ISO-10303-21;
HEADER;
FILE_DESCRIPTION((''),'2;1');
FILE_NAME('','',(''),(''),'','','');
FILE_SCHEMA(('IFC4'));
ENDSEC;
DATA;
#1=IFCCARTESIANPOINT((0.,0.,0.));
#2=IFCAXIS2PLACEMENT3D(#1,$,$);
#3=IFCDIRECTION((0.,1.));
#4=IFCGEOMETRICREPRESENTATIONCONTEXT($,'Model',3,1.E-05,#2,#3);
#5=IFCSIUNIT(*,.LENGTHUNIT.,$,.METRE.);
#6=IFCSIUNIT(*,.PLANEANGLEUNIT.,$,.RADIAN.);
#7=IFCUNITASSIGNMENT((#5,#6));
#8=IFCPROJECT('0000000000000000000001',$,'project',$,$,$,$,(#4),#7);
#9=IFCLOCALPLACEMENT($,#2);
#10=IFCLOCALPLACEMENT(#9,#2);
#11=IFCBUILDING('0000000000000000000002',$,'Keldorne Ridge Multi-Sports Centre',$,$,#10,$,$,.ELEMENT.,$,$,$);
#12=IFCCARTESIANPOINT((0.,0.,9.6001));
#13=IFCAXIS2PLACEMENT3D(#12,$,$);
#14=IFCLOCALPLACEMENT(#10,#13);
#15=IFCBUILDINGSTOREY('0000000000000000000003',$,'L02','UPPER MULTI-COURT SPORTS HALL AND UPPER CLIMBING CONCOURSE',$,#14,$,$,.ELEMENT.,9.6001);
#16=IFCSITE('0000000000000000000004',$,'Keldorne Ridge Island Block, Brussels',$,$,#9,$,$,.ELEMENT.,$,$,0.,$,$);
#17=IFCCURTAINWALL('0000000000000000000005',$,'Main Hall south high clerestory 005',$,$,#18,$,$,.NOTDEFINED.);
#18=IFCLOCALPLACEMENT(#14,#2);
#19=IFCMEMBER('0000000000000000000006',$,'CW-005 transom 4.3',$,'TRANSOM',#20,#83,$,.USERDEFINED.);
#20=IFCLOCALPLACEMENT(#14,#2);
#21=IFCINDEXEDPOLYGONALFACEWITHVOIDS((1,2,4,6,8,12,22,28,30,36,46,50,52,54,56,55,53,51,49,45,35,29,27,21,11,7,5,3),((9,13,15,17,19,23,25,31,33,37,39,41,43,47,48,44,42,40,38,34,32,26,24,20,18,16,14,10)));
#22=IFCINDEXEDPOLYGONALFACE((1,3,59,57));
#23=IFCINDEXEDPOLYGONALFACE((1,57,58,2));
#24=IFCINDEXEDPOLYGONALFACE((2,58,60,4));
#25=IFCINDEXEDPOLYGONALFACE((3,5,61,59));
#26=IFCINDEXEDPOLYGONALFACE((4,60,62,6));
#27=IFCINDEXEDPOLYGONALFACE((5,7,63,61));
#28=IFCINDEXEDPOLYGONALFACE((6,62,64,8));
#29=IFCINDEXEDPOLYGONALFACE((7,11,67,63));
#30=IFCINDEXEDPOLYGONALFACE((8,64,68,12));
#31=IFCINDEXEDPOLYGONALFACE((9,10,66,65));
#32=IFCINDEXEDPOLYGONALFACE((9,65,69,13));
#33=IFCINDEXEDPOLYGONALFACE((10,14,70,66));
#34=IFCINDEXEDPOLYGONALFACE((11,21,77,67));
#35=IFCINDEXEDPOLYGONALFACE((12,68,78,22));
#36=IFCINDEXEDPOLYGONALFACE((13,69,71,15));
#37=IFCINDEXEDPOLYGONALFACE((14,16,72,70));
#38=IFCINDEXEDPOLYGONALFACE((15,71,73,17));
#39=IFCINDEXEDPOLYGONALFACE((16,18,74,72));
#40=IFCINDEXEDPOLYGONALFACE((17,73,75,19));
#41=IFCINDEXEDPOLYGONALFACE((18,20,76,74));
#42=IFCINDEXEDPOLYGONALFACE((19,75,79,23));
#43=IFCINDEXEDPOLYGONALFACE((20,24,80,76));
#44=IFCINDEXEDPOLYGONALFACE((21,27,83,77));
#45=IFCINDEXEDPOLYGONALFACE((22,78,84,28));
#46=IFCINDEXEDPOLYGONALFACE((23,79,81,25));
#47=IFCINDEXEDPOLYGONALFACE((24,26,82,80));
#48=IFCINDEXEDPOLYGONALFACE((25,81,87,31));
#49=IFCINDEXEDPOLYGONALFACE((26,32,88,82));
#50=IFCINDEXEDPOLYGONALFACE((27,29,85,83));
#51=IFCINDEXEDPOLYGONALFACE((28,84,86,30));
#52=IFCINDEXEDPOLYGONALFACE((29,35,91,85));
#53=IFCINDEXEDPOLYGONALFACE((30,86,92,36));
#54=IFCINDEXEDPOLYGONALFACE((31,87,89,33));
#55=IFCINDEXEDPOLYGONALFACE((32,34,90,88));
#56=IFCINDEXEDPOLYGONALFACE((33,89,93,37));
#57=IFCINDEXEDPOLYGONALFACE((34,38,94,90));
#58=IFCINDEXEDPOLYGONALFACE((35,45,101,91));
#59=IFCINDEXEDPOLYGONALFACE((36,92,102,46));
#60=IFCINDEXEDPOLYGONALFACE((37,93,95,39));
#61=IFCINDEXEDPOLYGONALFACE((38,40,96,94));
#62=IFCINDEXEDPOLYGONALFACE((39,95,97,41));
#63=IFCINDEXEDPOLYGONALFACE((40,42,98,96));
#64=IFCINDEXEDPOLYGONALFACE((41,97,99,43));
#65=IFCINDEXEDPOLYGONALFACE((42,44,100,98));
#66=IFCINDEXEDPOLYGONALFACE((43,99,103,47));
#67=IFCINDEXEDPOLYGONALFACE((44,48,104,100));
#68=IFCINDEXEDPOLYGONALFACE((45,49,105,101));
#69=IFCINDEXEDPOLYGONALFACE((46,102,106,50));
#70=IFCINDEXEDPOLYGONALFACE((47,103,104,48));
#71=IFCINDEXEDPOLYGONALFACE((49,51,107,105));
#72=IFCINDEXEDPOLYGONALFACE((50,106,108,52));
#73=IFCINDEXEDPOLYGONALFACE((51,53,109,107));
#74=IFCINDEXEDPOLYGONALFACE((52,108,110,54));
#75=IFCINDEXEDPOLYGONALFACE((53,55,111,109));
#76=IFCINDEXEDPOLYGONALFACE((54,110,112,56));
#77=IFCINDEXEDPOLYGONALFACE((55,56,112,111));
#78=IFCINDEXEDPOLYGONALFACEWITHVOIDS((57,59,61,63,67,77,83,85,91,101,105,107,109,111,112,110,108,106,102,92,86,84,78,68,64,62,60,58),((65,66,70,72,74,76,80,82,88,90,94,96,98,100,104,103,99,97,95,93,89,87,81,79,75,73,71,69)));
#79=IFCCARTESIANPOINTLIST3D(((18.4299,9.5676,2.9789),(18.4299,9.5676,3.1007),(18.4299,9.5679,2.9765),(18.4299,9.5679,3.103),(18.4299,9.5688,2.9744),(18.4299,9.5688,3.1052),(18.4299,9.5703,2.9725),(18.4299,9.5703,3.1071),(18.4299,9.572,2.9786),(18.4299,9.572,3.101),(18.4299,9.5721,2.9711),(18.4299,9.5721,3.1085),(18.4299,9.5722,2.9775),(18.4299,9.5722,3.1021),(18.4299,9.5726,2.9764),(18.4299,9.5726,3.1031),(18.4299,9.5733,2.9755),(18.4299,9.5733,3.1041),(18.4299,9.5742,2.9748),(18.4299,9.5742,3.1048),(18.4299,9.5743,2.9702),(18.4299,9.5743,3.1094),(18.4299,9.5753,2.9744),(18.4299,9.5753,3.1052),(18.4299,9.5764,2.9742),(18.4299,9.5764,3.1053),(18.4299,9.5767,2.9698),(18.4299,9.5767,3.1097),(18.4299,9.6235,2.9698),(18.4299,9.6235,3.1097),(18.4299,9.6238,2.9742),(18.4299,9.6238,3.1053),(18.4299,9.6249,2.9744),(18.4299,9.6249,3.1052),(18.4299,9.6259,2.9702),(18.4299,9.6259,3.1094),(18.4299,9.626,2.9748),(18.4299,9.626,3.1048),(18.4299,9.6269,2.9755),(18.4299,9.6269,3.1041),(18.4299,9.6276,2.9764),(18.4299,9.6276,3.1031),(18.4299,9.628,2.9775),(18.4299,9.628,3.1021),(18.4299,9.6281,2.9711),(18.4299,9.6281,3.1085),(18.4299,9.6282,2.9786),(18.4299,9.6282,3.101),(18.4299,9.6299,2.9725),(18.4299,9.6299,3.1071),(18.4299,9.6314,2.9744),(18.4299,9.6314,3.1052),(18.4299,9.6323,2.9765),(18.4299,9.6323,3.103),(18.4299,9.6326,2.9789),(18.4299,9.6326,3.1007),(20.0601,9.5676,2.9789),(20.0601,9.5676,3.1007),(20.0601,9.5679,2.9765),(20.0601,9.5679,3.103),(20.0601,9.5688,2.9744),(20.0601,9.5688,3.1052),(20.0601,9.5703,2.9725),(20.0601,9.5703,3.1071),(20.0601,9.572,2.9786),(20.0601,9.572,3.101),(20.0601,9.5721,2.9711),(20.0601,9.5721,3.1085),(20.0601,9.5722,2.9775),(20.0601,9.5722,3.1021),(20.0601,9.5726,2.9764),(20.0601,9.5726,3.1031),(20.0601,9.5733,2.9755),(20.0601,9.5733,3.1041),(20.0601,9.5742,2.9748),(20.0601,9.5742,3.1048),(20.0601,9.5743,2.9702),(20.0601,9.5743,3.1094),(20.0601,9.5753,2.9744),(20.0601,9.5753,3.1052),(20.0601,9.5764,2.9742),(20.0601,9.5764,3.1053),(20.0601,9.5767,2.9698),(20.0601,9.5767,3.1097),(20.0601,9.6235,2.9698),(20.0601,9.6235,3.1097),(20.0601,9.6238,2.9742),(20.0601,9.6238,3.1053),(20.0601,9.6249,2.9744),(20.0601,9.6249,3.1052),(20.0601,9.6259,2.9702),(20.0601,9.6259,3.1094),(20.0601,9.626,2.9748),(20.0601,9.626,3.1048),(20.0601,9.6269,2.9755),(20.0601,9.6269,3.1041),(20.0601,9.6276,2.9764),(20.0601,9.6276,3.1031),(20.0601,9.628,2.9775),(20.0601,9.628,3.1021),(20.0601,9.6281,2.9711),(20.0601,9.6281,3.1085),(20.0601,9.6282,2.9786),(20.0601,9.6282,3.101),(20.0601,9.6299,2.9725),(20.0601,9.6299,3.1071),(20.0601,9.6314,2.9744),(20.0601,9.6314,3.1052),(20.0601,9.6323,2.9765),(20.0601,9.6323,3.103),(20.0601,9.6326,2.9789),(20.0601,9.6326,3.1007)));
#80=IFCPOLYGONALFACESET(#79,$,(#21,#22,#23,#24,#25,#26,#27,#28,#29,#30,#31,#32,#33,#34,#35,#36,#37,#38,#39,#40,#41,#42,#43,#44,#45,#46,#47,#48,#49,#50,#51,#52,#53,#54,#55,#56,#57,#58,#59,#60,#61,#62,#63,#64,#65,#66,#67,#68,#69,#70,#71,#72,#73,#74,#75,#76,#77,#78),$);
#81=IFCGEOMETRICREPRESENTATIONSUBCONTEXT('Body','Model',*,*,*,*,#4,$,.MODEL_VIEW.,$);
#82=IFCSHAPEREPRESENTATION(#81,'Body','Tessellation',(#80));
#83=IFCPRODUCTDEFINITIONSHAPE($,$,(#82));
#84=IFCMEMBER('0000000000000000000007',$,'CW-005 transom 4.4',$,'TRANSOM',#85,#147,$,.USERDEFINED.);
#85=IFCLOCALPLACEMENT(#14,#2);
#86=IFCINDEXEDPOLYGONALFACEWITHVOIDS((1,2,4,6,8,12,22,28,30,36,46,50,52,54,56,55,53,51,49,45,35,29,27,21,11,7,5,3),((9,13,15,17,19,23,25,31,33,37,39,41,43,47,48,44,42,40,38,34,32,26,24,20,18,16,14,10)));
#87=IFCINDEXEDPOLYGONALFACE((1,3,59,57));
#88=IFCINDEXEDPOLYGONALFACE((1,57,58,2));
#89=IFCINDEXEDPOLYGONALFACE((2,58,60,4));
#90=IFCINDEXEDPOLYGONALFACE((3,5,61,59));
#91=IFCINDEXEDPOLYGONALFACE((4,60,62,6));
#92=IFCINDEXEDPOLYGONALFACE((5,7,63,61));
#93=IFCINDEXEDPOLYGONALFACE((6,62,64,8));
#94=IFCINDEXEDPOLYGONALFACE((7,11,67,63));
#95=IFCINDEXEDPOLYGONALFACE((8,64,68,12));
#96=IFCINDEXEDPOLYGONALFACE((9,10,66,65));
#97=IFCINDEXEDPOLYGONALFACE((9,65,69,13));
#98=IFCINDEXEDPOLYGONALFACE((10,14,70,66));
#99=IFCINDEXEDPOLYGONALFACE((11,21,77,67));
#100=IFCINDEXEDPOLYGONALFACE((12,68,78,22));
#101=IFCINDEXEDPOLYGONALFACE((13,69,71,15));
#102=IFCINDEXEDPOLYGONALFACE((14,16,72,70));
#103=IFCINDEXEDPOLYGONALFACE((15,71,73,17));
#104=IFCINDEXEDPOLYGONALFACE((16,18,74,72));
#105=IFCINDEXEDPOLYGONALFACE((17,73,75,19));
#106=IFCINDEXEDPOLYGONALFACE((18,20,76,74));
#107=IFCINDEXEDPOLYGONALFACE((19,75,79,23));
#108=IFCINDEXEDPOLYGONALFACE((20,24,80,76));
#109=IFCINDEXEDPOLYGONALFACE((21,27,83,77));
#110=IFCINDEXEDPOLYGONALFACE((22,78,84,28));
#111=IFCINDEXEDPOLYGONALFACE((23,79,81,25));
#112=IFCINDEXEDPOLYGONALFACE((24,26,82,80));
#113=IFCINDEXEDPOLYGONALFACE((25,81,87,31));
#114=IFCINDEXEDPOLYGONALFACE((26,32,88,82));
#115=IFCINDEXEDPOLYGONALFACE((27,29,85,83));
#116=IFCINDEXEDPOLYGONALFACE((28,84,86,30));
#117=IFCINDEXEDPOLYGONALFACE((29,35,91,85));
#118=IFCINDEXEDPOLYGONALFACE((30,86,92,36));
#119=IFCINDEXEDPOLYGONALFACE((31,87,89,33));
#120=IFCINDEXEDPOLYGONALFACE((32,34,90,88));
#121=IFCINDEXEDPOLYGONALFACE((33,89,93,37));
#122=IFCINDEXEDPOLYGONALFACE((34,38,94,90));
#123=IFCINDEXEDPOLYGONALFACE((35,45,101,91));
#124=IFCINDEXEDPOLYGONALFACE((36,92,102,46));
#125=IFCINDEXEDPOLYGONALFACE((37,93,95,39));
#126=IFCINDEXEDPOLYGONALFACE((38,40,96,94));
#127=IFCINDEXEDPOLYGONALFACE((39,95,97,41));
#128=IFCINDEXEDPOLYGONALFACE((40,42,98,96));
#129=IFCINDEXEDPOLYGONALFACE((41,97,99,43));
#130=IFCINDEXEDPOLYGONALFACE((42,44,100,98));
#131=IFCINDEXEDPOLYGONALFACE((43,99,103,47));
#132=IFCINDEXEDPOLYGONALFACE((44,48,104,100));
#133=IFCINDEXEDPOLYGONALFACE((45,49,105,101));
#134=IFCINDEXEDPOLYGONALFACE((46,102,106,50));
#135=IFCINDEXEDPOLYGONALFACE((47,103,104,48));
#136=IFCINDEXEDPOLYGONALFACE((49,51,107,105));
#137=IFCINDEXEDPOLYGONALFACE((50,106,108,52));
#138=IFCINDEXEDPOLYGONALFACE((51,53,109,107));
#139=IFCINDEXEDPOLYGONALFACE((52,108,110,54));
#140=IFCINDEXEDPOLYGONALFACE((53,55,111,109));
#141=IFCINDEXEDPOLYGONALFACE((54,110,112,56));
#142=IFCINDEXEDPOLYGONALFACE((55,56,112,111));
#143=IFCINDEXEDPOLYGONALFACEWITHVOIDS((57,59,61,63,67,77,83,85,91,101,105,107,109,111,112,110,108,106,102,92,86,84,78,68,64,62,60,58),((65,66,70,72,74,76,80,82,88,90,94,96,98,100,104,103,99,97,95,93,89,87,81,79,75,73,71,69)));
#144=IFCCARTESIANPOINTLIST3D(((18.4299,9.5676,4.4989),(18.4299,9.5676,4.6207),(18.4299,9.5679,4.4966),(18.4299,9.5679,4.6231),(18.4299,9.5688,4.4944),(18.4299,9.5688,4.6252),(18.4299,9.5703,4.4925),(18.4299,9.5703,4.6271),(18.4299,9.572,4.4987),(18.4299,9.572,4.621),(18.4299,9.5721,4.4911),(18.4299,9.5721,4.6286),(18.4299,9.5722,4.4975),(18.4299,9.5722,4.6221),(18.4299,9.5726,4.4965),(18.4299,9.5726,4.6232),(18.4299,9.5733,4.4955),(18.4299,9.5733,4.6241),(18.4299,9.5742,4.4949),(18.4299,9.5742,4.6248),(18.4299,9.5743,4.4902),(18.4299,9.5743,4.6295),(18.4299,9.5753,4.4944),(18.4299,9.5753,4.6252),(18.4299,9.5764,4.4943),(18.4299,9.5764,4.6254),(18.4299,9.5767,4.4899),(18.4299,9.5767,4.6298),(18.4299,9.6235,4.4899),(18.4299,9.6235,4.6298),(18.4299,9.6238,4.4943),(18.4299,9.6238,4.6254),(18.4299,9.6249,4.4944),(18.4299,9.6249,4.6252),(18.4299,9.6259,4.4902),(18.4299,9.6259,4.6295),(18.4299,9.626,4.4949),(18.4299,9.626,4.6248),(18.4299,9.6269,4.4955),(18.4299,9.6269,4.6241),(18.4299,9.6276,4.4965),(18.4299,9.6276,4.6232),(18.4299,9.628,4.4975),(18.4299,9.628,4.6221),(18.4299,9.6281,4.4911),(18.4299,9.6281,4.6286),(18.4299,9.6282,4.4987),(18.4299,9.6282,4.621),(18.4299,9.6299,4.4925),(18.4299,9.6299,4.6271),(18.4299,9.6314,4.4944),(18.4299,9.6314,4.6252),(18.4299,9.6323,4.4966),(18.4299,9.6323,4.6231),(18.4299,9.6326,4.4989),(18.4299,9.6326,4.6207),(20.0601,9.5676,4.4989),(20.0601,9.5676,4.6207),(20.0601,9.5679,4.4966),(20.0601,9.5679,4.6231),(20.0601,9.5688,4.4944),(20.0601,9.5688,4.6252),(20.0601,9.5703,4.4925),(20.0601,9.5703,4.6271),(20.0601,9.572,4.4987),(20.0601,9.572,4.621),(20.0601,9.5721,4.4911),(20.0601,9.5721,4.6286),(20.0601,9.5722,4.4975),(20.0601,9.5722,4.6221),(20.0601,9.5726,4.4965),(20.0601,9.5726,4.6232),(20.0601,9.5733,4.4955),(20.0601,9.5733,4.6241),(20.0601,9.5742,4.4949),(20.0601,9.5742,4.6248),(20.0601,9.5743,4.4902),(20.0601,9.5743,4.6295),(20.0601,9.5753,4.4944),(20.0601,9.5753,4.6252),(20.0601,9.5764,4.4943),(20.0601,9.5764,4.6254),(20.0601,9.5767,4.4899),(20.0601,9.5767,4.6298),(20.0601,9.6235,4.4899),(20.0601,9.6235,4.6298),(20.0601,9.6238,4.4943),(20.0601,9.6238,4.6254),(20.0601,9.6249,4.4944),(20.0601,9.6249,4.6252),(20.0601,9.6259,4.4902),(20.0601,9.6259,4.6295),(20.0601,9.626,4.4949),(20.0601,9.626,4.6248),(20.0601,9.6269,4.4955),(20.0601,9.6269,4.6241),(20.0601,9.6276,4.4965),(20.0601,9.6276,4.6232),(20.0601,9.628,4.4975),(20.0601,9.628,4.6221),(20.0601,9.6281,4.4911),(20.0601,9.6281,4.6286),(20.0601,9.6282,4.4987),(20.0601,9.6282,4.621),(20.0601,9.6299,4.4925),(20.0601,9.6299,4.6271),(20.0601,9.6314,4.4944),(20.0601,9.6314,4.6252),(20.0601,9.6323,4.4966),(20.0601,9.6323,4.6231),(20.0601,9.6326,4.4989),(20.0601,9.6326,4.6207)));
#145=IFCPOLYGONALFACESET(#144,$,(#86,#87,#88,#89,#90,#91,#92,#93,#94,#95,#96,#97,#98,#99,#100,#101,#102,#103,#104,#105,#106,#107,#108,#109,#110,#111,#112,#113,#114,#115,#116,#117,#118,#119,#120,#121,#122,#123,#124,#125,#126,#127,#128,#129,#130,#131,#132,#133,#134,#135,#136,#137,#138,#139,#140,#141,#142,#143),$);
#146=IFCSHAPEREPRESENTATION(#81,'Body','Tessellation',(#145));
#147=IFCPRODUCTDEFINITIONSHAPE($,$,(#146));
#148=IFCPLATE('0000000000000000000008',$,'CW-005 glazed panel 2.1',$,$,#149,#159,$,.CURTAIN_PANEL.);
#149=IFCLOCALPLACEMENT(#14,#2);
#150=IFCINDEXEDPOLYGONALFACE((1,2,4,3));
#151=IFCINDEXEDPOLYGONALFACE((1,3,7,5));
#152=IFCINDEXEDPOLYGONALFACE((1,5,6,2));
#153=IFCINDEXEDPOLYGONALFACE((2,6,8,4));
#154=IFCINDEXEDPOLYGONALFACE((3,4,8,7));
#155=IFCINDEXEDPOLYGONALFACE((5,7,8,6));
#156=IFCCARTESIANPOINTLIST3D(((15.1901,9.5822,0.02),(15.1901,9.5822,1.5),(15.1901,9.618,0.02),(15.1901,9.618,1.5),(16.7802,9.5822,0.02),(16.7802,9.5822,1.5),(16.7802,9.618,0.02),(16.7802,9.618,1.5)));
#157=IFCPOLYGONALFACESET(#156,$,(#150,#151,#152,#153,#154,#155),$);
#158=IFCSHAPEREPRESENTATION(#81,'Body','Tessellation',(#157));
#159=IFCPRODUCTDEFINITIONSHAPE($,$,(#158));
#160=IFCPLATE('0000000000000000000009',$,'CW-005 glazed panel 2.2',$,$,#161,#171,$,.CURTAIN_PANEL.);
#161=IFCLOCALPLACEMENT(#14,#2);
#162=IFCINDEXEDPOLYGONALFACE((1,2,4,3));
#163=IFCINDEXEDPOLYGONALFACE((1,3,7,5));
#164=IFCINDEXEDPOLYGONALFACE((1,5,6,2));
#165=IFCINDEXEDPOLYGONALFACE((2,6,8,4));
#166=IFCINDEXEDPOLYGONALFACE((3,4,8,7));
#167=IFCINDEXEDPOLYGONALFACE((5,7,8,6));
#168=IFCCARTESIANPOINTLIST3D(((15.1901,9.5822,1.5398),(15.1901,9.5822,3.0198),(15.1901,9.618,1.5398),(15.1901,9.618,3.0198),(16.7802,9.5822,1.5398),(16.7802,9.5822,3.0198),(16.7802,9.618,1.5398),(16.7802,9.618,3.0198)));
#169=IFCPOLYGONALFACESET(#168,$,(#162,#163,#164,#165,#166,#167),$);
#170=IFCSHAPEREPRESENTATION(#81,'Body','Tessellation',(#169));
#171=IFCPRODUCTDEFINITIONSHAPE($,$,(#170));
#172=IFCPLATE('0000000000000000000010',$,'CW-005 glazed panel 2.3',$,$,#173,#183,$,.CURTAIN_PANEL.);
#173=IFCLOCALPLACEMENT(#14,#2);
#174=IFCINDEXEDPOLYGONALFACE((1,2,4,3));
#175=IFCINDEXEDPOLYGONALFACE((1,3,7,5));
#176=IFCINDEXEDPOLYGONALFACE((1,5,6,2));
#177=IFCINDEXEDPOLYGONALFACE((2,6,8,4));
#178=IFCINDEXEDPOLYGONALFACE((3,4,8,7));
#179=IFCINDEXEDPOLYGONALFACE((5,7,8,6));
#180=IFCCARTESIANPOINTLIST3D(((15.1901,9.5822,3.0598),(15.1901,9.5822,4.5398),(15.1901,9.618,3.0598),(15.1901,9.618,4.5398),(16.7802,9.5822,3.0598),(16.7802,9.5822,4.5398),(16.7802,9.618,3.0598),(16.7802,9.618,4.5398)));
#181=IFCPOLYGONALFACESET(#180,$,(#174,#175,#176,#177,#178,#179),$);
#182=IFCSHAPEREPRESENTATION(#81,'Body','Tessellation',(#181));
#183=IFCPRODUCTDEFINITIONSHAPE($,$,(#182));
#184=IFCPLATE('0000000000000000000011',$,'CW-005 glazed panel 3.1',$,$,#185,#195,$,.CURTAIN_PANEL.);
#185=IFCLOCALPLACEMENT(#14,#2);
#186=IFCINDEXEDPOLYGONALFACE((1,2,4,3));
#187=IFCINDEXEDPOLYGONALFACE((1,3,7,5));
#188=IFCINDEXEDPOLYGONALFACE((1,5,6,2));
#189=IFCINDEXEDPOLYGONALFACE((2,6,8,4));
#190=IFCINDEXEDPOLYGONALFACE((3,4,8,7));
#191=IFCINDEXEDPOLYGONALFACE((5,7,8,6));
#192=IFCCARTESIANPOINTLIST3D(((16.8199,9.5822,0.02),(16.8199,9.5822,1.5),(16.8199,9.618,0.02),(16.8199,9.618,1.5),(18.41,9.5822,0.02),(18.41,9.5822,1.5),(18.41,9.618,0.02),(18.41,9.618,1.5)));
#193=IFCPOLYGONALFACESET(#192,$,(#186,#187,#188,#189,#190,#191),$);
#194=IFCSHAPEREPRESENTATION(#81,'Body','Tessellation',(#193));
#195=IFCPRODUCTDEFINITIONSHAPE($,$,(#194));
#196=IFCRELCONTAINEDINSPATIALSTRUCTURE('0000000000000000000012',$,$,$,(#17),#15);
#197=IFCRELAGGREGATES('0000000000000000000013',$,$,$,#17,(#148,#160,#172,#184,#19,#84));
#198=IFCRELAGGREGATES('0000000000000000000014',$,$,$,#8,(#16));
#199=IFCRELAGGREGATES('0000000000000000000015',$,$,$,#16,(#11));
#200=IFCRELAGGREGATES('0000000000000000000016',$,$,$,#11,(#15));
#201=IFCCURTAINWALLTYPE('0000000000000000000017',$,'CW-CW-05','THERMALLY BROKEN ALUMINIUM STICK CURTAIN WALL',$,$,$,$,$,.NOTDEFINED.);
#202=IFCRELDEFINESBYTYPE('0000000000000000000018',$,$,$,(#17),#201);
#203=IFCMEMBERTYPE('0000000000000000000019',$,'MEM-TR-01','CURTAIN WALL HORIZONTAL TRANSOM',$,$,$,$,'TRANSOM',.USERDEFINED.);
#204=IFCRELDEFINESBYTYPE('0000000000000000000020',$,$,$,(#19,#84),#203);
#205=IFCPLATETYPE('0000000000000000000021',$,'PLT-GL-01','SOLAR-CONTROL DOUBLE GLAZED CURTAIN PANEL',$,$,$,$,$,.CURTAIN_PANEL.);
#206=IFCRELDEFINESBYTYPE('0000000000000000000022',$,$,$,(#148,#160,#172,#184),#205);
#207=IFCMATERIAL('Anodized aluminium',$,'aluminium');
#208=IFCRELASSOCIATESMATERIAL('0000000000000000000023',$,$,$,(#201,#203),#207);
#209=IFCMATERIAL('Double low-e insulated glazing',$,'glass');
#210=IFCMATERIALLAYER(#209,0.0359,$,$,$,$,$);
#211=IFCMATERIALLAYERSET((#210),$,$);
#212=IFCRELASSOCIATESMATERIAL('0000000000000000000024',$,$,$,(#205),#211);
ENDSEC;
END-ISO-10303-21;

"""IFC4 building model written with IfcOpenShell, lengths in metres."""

from ifc_helpers import new_model, si_unit, direction, frame, origin, origin_2d, place, context, subcontext, project, spatial, rectangle, hollow_rectangle, extrude, material, layer, layer_set, material_profile, profile_set, type_object, element, aggregate, save


model = new_model("IFC4")

# Units and contexts
model_context = context("Model", 3, precision=1e-05, world=origin(), true_north=direction((0.0, 1.0)))
body_context = subcontext(model_context, "Body", "Model", "MODEL_VIEW")
ifc_project = project(units=[si_unit("LENGTHUNIT", "METRE"), si_unit("PLANEANGLEUNIT", "RADIAN")], contexts=[model_context])

# Site, building, storey
site_placement = place(None, origin())
site = spatial("IfcSite", under=ifc_project, at=site_placement, Name="Keldorne Ridge Island Block, Brussels", CompositionType="ELEMENT", RefElevation=0.0)
building_placement = place(site_placement, origin())
building = spatial("IfcBuilding", under=site, at=building_placement, Name="Keldorne Ridge Multi-Sports Centre", CompositionType="ELEMENT")
storey_placement = place(building_placement, frame((0.0, 0.0, 9.6001)))
storey = spatial("IfcBuildingStorey", under=building, at=storey_placement, Name="L02", Description="UPPER MULTI-COURT SPORTS HALL AND UPPER CLIMBING CONCOURSE", CompositionType="ELEMENT", Elevation=9.6001)

# Curtain wall, members, plates
ifc_material_1 = material(Name="Anodized aluminium", Category="aluminium")
curtain_wall_type = type_object("IfcCurtainWallType", Name="CW-CW-05", Description="THERMALLY BROKEN ALUMINIUM STICK CURTAIN WALL", PredefinedType="NOTDEFINED", material=ifc_material_1)
curtain_wall_placement = place(storey_placement, origin())
curtain_wall = element("IfcCurtainWall", 1, at=curtain_wall_placement, inside=storey, type_object=curtain_wall_type, Name="Main Hall south high clerestory 005", PredefinedType="NOTDEFINED")
ifc_material_profile_1 = material_profile(ifc_material_1, hollow_rectangle(XDim=0.0649, YDim=0.1399, WallThickness=0.0044, InnerFilletRadius=0.0044, OuterFilletRadius=0.009, at=origin_2d()), Name="ALU TRANSOM 140x65x4.5")
ifc_profile_set_1 = profile_set([ifc_material_profile_1], Name="Anodized aluminium")
member_type_1 = type_object("IfcMemberType", Name="MEM-TR-01", Description="CURTAIN WALL HORIZONTAL TRANSOM", ElementType="TRANSOM", PredefinedType="USERDEFINED", material=ifc_profile_set_1)
member_1_placement = place(storey_placement, frame((18.4299, 9.6001, 3.0398), z_axis=(1.0, 0.0, 0.0), x_axis=(0.0, 1.0, 0.0)))
member_1 = element("IfcMember", 2, at=member_1_placement, type_object=member_type_1, Name="CW-005 transom 4.3", ObjectType="TRANSOM", PredefinedType="USERDEFINED", context=body_context, shape_type="SweptSolid", body=[
    extrude(hollow_rectangle(XDim=0.0649, YDim=0.1399, WallThickness=0.0044, InnerFilletRadius=0.0044, OuterFilletRadius=0.009, at=origin_2d()), origin(), (0.0, 0.0, 1.0), 1.6301),
])
member_2_placement = place(storey_placement, frame((18.4299, 9.6001, 4.5598), z_axis=(1.0, 0.0, 0.0), x_axis=(0.0, 1.0, 0.0)))
member_2 = element("IfcMember", 3, at=member_2_placement, type_object=member_type_1, Name="CW-005 transom 4.4", ObjectType="TRANSOM", PredefinedType="USERDEFINED", context=body_context, shape_type="SweptSolid", body=[
    extrude(hollow_rectangle(XDim=0.0649, YDim=0.1399, WallThickness=0.0044, InnerFilletRadius=0.0044, OuterFilletRadius=0.009, at=origin_2d()), origin(), (0.0, 0.0, 1.0), 1.6301),
])
ifc_material_2 = material(Name="Double low-e insulated glazing", Category="glass")
ifc_layer = layer(ifc_material_2, 0.0359)
ifc_layer_set = layer_set([ifc_layer])
plate_type = type_object("IfcPlateType", Name="PLT-GL-01", Description="SOLAR-CONTROL DOUBLE GLAZED CURTAIN PANEL", PredefinedType="CURTAIN_PANEL", material=ifc_layer_set)
plate_1_placement = place(storey_placement, frame((15.9851, 9.6001, 0.02), z_axis=(0.0, 0.0, 1.0), x_axis=(1.0, 0.0, 0.0)))
plate_1 = element("IfcPlate", 4, at=plate_1_placement, type_object=plate_type, Name="CW-005 glazed panel 2.1", PredefinedType="CURTAIN_PANEL", context=body_context, shape_type="SweptSolid", body=[
    extrude(rectangle(XDim=1.5901, YDim=0.0359, at=origin_2d()), origin(), (0.0, 0.0, 1.0), 1.48),
])
plate_2_placement = place(storey_placement, frame((15.9851, 9.6001, 1.5398), z_axis=(0.0, 0.0, 1.0), x_axis=(1.0, 0.0, 0.0)))
plate_2 = element("IfcPlate", 5, at=plate_2_placement, type_object=plate_type, Name="CW-005 glazed panel 2.2", PredefinedType="CURTAIN_PANEL", context=body_context, shape_type="SweptSolid", body=[
    extrude(rectangle(XDim=1.5901, YDim=0.0359, at=origin_2d()), origin(), (0.0, 0.0, 1.0), 1.48),
])
plate_3_placement = place(storey_placement, frame((15.9851, 9.6001, 3.0598), z_axis=(0.0, 0.0, 1.0), x_axis=(1.0, 0.0, 0.0)))
plate_3 = element("IfcPlate", 6, at=plate_3_placement, type_object=plate_type, Name="CW-005 glazed panel 2.3", PredefinedType="CURTAIN_PANEL", context=body_context, shape_type="SweptSolid", body=[
    extrude(rectangle(XDim=1.5901, YDim=0.0359, at=origin_2d()), origin(), (0.0, 0.0, 1.0), 1.48),
])
plate_4_placement = place(storey_placement, frame((17.615, 9.6001, 0.02), z_axis=(0.0, 0.0, 1.0), x_axis=(1.0, 0.0, 0.0)))
plate_4 = element("IfcPlate", 7, at=plate_4_placement, type_object=plate_type, Name="CW-005 glazed panel 3.1", PredefinedType="CURTAIN_PANEL", context=body_context, shape_type="SweptSolid", body=[
    extrude(rectangle(XDim=1.5901, YDim=0.0359, at=origin_2d()), origin(), (0.0, 0.0, 1.0), 1.48),
])
aggregate(curtain_wall, [plate_1, plate_2, plate_3, plate_4, member_1, member_2])

save(model, "model.ifc")
